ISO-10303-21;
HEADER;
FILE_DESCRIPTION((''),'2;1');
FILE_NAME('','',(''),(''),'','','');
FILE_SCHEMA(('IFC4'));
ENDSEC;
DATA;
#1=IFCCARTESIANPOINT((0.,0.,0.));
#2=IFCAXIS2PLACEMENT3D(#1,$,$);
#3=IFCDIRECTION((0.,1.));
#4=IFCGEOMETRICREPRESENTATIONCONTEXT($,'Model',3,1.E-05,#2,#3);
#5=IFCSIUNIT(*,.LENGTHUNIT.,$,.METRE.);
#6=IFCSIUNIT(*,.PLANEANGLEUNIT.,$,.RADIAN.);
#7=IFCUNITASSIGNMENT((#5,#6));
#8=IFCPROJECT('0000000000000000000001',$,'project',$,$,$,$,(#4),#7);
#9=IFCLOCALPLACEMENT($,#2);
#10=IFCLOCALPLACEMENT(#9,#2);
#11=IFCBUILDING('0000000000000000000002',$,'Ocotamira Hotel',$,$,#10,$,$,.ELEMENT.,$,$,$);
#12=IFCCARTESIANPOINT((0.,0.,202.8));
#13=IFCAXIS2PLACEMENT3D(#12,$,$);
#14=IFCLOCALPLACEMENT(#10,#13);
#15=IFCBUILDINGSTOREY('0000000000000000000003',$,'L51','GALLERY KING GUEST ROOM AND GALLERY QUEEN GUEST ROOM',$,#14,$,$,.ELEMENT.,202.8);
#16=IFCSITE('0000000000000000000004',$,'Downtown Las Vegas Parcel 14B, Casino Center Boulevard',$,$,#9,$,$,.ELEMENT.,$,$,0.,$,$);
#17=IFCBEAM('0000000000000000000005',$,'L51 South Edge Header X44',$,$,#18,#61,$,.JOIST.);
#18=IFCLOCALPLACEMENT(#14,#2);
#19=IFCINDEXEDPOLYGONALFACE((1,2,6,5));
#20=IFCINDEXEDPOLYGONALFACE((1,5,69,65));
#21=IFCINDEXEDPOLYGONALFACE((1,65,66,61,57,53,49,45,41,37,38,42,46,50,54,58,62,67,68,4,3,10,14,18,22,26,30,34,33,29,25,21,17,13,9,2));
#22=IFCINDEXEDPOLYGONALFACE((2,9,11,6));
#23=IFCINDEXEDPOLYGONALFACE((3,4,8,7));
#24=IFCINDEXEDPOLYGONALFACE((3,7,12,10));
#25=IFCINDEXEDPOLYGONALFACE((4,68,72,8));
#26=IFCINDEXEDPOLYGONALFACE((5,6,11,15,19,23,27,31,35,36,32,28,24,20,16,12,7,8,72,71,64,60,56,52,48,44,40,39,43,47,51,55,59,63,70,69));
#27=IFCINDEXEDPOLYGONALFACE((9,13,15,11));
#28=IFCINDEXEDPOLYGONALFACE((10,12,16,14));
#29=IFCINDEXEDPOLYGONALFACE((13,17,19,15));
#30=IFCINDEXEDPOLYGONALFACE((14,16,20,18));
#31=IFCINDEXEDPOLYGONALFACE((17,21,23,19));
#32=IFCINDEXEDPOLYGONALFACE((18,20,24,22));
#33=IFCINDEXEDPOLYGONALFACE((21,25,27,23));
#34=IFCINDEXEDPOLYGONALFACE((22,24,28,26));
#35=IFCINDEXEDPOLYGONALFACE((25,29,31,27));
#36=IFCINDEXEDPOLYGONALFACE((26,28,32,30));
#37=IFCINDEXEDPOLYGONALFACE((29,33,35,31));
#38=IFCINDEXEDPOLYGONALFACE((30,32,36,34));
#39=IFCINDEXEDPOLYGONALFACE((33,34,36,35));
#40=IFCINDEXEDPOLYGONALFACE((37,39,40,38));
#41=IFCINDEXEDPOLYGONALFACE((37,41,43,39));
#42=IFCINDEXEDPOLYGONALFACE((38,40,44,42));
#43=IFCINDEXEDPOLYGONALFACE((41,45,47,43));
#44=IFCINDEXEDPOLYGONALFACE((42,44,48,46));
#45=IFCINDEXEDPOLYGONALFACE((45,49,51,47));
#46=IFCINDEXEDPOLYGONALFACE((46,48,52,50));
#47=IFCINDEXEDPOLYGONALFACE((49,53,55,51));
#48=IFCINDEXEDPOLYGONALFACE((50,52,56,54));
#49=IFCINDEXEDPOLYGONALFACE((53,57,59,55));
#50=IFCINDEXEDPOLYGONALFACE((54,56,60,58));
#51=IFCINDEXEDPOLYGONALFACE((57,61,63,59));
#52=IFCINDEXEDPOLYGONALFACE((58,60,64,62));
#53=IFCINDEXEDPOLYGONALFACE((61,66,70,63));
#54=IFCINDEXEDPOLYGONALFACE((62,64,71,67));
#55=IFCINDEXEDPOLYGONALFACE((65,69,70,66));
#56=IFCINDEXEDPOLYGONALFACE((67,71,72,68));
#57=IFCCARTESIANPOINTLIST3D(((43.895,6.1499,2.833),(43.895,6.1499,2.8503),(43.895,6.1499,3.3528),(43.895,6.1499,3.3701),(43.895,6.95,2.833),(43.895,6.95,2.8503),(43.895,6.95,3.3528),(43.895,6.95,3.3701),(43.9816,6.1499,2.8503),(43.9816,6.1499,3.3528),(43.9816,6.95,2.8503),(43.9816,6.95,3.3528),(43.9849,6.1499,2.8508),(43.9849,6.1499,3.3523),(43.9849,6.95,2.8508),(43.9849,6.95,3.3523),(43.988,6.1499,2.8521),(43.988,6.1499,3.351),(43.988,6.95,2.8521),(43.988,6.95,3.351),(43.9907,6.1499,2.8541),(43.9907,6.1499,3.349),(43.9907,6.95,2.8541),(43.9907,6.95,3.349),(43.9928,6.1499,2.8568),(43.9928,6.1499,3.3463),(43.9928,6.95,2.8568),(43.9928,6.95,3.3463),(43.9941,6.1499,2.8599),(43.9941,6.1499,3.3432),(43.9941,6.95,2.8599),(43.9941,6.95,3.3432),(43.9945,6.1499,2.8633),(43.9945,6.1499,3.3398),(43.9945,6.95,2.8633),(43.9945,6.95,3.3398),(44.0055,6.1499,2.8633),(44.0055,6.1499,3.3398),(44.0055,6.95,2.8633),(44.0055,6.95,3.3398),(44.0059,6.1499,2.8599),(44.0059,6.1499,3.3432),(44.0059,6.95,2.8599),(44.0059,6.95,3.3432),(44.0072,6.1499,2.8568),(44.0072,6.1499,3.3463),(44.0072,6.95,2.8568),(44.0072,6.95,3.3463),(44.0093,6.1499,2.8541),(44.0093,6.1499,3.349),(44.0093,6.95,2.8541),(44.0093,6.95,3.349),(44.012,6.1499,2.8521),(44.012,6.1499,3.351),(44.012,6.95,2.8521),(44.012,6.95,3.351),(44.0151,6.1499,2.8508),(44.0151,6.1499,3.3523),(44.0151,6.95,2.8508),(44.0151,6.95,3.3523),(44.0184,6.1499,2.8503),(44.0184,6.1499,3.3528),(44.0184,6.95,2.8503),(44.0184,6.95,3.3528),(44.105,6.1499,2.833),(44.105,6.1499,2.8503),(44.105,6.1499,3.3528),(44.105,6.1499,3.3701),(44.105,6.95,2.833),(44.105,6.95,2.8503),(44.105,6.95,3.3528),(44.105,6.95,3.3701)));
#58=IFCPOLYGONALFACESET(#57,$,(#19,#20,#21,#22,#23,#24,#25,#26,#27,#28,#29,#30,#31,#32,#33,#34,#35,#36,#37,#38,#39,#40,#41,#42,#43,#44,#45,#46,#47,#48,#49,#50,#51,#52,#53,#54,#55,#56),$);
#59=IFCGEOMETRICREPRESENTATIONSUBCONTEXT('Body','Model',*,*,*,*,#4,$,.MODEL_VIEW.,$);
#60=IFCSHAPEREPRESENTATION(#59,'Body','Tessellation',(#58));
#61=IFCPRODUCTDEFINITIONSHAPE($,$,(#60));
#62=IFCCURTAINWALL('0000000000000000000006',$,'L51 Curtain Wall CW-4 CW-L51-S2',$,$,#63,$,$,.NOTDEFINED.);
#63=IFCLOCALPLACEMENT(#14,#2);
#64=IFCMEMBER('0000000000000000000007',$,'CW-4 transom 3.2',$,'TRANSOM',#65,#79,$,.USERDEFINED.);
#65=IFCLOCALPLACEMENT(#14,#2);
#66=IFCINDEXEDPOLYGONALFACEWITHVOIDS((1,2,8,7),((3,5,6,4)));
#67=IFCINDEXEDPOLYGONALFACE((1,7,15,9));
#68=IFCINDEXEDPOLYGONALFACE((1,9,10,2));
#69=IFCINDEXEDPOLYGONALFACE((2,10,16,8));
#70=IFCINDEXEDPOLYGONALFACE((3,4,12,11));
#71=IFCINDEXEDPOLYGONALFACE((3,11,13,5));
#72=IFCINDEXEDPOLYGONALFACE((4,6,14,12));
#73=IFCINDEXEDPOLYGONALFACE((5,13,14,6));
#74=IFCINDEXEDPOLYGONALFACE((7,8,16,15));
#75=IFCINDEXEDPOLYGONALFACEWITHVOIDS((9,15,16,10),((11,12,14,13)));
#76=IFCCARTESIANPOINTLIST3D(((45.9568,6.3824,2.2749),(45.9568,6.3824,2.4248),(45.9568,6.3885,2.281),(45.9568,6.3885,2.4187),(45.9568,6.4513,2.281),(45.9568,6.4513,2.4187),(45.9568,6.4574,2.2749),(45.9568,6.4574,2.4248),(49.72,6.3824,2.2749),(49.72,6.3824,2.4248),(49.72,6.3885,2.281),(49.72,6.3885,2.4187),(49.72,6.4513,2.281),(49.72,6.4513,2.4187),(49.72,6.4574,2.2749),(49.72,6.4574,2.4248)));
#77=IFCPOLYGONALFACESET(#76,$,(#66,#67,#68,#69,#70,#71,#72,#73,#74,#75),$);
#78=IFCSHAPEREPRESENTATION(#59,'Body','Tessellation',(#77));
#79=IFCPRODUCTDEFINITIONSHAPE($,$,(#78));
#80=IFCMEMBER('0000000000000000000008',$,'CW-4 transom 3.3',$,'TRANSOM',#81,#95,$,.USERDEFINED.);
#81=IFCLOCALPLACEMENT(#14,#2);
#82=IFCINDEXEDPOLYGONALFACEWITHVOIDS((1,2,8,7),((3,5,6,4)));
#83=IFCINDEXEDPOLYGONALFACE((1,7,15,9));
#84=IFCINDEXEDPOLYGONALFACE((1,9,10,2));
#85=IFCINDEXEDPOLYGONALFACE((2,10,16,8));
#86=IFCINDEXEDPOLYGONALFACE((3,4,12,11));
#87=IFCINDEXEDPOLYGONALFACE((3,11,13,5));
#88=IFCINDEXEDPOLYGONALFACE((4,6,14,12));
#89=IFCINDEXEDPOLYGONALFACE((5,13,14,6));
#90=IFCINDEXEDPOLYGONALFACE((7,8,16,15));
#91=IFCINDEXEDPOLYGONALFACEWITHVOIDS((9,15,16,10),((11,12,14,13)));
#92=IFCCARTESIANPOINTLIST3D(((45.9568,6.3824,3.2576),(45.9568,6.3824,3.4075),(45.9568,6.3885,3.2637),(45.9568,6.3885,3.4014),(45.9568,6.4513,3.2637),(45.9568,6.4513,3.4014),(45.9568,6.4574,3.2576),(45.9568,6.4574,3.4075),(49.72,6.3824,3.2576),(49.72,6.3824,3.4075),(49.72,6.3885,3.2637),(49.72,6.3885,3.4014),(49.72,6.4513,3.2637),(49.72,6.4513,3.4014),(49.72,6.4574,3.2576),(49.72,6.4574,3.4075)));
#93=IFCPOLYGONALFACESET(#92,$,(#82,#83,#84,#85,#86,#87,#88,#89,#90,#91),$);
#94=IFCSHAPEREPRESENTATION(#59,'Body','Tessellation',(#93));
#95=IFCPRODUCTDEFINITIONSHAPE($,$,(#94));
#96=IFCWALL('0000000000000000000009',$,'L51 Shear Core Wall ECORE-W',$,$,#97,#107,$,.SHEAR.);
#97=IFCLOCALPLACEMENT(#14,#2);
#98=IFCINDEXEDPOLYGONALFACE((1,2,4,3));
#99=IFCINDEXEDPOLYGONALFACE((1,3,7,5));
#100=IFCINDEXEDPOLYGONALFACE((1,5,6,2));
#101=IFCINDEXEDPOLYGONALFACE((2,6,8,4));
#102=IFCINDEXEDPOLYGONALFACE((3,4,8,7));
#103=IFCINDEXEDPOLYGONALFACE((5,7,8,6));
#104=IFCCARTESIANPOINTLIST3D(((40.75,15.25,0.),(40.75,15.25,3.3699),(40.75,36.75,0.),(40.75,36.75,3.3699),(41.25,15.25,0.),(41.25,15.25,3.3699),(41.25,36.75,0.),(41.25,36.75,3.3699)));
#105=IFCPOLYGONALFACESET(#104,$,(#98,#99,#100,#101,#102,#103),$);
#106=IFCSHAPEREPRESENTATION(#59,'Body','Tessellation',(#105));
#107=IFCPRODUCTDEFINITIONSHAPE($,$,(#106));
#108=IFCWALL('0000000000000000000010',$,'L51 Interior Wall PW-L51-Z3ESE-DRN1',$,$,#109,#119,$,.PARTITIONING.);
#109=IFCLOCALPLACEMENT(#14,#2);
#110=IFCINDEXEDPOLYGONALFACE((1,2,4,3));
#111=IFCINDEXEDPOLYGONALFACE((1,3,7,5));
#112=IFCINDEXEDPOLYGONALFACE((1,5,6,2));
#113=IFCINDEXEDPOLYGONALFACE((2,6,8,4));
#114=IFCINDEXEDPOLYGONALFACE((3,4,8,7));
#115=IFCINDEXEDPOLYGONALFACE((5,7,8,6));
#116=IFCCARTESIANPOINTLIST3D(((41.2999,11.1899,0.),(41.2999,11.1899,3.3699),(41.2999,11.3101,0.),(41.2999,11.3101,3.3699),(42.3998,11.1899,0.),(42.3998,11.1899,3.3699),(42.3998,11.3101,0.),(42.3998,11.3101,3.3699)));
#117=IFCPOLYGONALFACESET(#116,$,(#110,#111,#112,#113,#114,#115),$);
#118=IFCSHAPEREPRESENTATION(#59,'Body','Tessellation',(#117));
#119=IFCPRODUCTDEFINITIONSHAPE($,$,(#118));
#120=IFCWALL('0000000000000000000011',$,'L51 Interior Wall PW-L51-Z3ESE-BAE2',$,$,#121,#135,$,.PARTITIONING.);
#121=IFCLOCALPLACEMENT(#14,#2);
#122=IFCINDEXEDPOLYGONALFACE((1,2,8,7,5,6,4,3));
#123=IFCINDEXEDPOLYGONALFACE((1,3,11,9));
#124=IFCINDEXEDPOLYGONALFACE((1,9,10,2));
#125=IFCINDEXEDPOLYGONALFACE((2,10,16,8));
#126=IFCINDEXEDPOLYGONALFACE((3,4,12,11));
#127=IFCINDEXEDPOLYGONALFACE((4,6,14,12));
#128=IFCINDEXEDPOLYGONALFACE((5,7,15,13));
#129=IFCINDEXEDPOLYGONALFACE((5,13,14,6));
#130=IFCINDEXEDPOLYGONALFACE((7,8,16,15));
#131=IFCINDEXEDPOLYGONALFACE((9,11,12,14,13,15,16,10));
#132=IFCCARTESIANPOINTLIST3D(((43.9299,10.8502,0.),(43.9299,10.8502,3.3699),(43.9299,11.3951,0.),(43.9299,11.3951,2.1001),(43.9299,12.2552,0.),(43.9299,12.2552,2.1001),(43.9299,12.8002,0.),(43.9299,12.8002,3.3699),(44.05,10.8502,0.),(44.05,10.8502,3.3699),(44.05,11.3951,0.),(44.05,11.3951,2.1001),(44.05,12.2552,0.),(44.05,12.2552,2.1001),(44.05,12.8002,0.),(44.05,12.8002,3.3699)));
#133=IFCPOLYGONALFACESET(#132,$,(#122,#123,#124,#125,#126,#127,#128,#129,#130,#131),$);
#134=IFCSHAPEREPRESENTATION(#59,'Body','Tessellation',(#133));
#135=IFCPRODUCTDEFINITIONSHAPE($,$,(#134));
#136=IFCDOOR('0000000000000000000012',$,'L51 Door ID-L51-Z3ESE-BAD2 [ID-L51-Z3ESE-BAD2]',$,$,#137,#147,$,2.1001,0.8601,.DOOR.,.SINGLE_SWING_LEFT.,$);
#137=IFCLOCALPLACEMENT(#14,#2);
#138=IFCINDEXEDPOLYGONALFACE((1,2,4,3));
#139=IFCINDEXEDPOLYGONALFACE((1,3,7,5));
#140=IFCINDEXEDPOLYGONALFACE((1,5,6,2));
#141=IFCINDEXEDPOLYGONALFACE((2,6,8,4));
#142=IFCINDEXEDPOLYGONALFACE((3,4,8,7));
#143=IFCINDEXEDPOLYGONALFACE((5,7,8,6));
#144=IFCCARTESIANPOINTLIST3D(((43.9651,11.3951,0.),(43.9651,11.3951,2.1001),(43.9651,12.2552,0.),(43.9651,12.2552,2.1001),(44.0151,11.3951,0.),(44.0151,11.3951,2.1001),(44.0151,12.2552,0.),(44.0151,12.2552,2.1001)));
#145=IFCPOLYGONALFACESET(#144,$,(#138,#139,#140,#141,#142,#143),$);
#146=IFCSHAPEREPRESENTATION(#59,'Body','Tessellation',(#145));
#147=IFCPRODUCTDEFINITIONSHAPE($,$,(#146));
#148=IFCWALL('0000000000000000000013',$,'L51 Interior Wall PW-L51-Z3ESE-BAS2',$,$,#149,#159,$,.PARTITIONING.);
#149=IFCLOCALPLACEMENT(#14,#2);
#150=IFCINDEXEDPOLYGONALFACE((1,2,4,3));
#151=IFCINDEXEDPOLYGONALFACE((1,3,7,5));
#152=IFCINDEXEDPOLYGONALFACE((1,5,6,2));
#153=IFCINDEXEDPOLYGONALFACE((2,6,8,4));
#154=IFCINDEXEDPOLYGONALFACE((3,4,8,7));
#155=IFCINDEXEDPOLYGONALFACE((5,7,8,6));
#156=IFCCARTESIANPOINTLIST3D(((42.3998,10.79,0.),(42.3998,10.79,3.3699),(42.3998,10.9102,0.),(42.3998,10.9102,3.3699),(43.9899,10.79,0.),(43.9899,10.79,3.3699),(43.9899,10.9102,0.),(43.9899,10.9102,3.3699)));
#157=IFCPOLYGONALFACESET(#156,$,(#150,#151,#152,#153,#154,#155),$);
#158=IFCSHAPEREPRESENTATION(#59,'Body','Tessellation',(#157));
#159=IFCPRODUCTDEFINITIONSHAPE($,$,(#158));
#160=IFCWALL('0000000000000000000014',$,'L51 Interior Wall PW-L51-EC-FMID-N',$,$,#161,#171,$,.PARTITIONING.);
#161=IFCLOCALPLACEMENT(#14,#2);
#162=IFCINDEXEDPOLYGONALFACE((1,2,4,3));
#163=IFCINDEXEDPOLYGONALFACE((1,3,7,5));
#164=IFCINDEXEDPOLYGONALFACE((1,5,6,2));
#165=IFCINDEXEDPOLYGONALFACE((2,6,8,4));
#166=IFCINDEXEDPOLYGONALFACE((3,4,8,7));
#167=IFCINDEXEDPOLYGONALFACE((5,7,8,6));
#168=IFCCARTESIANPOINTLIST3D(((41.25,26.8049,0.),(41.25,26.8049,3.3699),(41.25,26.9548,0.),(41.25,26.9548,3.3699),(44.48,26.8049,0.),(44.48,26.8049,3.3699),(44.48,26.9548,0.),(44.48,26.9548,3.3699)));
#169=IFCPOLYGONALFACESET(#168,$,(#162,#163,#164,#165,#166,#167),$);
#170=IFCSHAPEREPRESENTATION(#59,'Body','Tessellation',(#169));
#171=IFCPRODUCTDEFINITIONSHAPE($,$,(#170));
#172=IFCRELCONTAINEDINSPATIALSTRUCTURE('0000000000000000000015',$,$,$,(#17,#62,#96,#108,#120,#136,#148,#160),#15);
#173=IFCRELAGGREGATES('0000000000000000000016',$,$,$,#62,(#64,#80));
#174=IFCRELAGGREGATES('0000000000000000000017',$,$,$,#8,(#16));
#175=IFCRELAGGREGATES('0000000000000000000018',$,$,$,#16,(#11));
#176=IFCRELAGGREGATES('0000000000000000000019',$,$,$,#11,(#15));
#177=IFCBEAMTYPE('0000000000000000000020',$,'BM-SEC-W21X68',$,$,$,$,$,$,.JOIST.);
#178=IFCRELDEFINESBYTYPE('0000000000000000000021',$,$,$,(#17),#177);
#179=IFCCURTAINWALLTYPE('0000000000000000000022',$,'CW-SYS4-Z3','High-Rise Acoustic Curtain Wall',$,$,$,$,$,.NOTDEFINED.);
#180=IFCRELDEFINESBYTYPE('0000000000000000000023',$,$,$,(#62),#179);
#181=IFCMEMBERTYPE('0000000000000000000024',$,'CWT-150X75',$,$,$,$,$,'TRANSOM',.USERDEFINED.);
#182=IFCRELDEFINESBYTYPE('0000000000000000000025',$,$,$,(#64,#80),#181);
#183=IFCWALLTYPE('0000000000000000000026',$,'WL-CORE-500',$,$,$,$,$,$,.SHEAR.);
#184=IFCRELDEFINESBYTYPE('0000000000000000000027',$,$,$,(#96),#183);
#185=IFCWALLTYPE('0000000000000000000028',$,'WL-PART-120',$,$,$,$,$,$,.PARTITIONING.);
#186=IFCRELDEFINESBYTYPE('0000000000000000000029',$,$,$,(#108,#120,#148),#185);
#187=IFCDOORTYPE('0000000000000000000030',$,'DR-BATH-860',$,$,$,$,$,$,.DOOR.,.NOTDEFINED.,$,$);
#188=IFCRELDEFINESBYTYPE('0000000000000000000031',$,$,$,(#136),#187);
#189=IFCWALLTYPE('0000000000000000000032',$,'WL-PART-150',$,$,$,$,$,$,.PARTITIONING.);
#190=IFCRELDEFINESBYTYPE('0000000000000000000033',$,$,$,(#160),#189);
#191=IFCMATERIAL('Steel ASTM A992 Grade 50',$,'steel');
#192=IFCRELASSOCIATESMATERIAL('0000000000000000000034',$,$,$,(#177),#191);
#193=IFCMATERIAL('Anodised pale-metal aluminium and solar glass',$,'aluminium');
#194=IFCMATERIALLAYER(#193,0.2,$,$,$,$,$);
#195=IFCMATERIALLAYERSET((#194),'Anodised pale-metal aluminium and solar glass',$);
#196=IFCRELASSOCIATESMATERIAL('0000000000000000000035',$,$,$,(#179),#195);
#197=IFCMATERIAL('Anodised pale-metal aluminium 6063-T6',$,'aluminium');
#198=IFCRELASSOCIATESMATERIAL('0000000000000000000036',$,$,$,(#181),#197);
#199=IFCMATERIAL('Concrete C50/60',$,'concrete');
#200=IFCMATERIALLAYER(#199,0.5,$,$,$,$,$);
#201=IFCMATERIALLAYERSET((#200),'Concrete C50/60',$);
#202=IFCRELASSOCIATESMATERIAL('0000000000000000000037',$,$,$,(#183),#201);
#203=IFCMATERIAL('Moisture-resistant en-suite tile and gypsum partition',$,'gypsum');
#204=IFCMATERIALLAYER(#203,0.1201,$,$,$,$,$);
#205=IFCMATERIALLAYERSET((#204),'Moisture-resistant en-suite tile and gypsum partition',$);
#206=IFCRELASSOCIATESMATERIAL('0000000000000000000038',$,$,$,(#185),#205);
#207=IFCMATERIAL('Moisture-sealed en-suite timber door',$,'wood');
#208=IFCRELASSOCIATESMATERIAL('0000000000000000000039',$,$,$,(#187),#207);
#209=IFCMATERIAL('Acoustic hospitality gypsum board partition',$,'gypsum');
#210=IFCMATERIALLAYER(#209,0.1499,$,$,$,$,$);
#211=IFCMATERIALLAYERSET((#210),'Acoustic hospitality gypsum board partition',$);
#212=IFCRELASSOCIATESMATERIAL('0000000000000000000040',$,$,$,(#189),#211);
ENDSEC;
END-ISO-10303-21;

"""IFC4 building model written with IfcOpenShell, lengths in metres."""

from ifc_helpers import new_model, si_unit, direction, frame, frame_2d, origin, origin_2d, place, context, subcontext, project, spatial, rectangle, hollow_rectangle, i_section, extrude, source, transform, mapped, material, layer, layer_set, material_profile, profile_set, type_object, element, fill, aggregate, save


model = new_model("IFC4")

# Units and contexts
model_context = context("Model", 3, precision=1e-05, world=origin(), true_north=direction((0.0, 1.0)))
body_context = subcontext(model_context, "Body", "Model", "MODEL_VIEW")
ifc_project = project(units=[si_unit("LENGTHUNIT", "METRE"), si_unit("PLANEANGLEUNIT", "RADIAN")], contexts=[model_context])

# Site, building, storey
site_placement = place(None, origin())
site = spatial("IfcSite", under=ifc_project, at=site_placement, Name="Downtown Las Vegas Parcel 14B, Casino Center Boulevard", CompositionType="ELEMENT", RefElevation=0.0)
building_placement = place(site_placement, origin())
building = spatial("IfcBuilding", under=site, at=building_placement, Name="Ocotamira Hotel", CompositionType="ELEMENT")
storey_placement = place(building_placement, frame((0.0, 0.0, 202.8)))
storey = spatial("IfcBuildingStorey", under=building, at=storey_placement, Name="L51", Description="GALLERY KING GUEST ROOM AND GALLERY QUEEN GUEST ROOM", CompositionType="ELEMENT", Elevation=202.8)

# Beam
ifc_material_1 = material(Name="Steel ASTM A992 Grade 50", Category="steel")
ifc_material_profile_1 = material_profile(ifc_material_1, i_section(OverallWidth=0.21, OverallDepth=0.5371, WebThickness=0.011, FlangeThickness=0.0173, FilletRadius=0.0129, at=origin_2d()), Name="W21X68")
ifc_profile_set_1 = profile_set([ifc_material_profile_1], Name="Steel ASTM A992 Grade 50")
beam_type_1 = type_object("IfcBeamType", Name="BM-SEC-W21X68", PredefinedType="JOIST", material=ifc_profile_set_1)
shared_shape_1 = source(origin(), body_context, "Body", "SweptSolid", [
    extrude(i_section(OverallWidth=0.21, OverallDepth=0.5371, WebThickness=0.011, FlangeThickness=0.0173, FilletRadius=0.0129, at=origin_2d()), origin(), (0.0, 0.0, 1.0), 0.8),
])
beam_1_placement = place(storey_placement, frame((44.0, 6.95, 3.1016), z_axis=(0.0, -1.0, 0.0), x_axis=(1.0, 0.0, 0.0)))
element("IfcBeam", 1, at=beam_1_placement, inside=storey, type_object=beam_type_1, Name="L51 South Edge Header X44", PredefinedType="JOIST", context=body_context, shape_type="MappedRepresentation", body=[
    mapped(shared_shape_1, transform((0.0, 0.0, 0.0), scale=1.0)),
])

# Curtain wall, members
ifc_material_2 = material(Name="Anodised pale-metal aluminium and solar glass", Category="aluminium")
ifc_layer_1 = layer(ifc_material_2, 0.2)
ifc_layer_set_1 = layer_set([ifc_layer_1], Name="Anodised pale-metal aluminium and solar glass")
curtain_wall_type = type_object("IfcCurtainWallType", Name="CW-SYS4-Z3", Description="High-Rise Acoustic Curtain Wall", PredefinedType="NOTDEFINED", material=ifc_layer_set_1)
curtain_wall_placement = place(storey_placement, origin())
curtain_wall = element("IfcCurtainWall", 2, at=curtain_wall_placement, inside=storey, type_object=curtain_wall_type, Name="L51 Curtain Wall CW-4 CW-L51-S2", PredefinedType="NOTDEFINED")
ifc_material_3 = material(Name="Anodised pale-metal aluminium 6063-T6", Category="aluminium")
ifc_material_profile_2 = material_profile(ifc_material_3, hollow_rectangle(XDim=0.075, YDim=0.1499, WallThickness=0.0061, at=origin_2d()), Name="HSS150X75X6")
ifc_profile_set_2 = profile_set([ifc_material_profile_2], Name="Anodised pale-metal aluminium 6063-T6")
member_type = type_object("IfcMemberType", Name="CWT-150X75", ElementType="TRANSOM", PredefinedType="USERDEFINED", material=ifc_profile_set_2)
shared_shape_2 = source(origin(), body_context, "Body", "SweptSolid", [
    extrude(hollow_rectangle(XDim=0.075, YDim=0.1499, WallThickness=0.0061, at=origin_2d()), origin(), (0.0, 0.0, 1.0), 3.7632),
])
member_1_placement = place(storey_placement, frame((45.9568, 6.4199, 2.3499), z_axis=(1.0, 0.0, 0.0), x_axis=(0.0, 1.0, 0.0)))
member_1 = element("IfcMember", 3, at=member_1_placement, type_object=member_type, Name="CW-4 transom 3.2", ObjectType="TRANSOM", PredefinedType="USERDEFINED", context=body_context, shape_type="MappedRepresentation", body=[
    mapped(shared_shape_2, transform((0.0, 0.0, 0.0), scale=1.0)),
])
member_2_placement = place(storey_placement, frame((45.9568, 6.4199, 3.3325), z_axis=(1.0, 0.0, 0.0), x_axis=(0.0, 1.0, 0.0)))
member_2 = element("IfcMember", 4, at=member_2_placement, type_object=member_type, Name="CW-4 transom 3.3", ObjectType="TRANSOM", PredefinedType="USERDEFINED", context=body_context, shape_type="MappedRepresentation", body=[
    mapped(shared_shape_2, transform((0.0, 0.0, 0.0), scale=1.0)),
])
aggregate(curtain_wall, [member_1, member_2])

# Shared definitions
ifc_material_4 = material(Name="Concrete C50/60", Category="concrete")
ifc_layer_2 = layer(ifc_material_4, 0.5)
ifc_layer_set_2 = layer_set([ifc_layer_2], Name="Concrete C50/60")
wall_type_1 = type_object("IfcWallType", Name="WL-CORE-500", PredefinedType="SHEAR", material=ifc_layer_set_2)

# Walls
wall_1_placement = place(storey_placement, frame((41.0, 15.25, 0.0), z_axis=(0.0, 0.0, 1.0), x_axis=(0.0, 1.0, 0.0)))
element("IfcWall", 5, at=wall_1_placement, inside=storey, type_object=wall_type_1, Name="L51 Shear Core Wall ECORE-W", PredefinedType="SHEAR", context=body_context, shape_type="SweptSolid", body=[
    extrude(rectangle(XDim=21.5, YDim=0.5, at=frame_2d((10.75, 0.0))), origin(), (0.0, 0.0, 1.0), 3.3699),
])
ifc_material_5 = material(Name="Moisture-resistant en-suite tile and gypsum partition", Category="gypsum")
ifc_layer_3 = layer(ifc_material_5, 0.1201)
ifc_layer_set_3 = layer_set([ifc_layer_3], Name="Moisture-resistant en-suite tile and gypsum partition")
wall_type_2 = type_object("IfcWallType", Name="WL-PART-120", PredefinedType="PARTITIONING", material=ifc_layer_set_3)
wall_2_placement = place(storey_placement, frame((41.3, 11.25, 0.0), z_axis=(0.0, 0.0, 1.0), x_axis=(1.0, 0.0, 0.0)))
element("IfcWall", 6, at=wall_2_placement, inside=storey, type_object=wall_type_2, Name="L51 Interior Wall PW-L51-Z3ESE-DRN1", PredefinedType="PARTITIONING", context=body_context, shape_type="SweptSolid", body=[
    extrude(rectangle(XDim=1.0999, YDim=0.1201, at=frame_2d((0.5498, 0.0))), origin(), (0.0, 0.0, 1.0), 3.3699),
])

# Wall, opening, door
wall_3_placement = place(storey_placement, frame((43.99, 10.8501, 0.0), z_axis=(0.0, 0.0, 1.0), x_axis=(0.0, 1.0, 0.0)))
wall_3 = element("IfcWall", 7, at=wall_3_placement, inside=storey, type_object=wall_type_2, Name="L51 Interior Wall PW-L51-Z3ESE-BAE2", PredefinedType="PARTITIONING", context=body_context, shape_type="SweptSolid", body=[
    extrude(rectangle(XDim=1.95, YDim=0.1201, at=frame_2d((0.9751, 0.0))), origin(), (0.0, 0.0, 1.0), 3.3699),
])
opening_1_placement = place(wall_3_placement, frame((0.5449, 0.0, 0.0)))
opening_1 = element("IfcOpeningElement", 8, at=opening_1_placement, cuts=wall_3, PredefinedType="OPENING", context=body_context, shape_type="SweptSolid", body=[
    extrude(rectangle(XDim=0.8601, YDim=2.1001, at=frame_2d((0.4302, 1.05))), frame((0.0, 0.0701, 0.0), z_axis=(0.0, -1.0, 0.0), x_axis=(1.0, 0.0, 0.0)), (0.0, 0.0, 1.0), 0.1401),
])
ifc_material_6 = material(Name="Moisture-sealed en-suite timber door", Category="wood")
door_type_1 = type_object("IfcDoorType", Name="DR-BATH-860", OperationType="NOTDEFINED", PredefinedType="DOOR", material=ifc_material_6)
shared_shape_3 = source(origin(), body_context, "Body", "SweptSolid", [
    extrude(rectangle(XDim=0.8601, YDim=2.1001, at=frame_2d((0.4302, 1.05))), frame((0.0, 0.0249, 0.0), z_axis=(0.0, -1.0, 0.0), x_axis=(1.0, 0.0, 0.0)), (0.0, 0.0, 1.0), 0.05),
])
door_1_placement = place(opening_1_placement, origin())
door_1 = element("IfcDoor", 9, at=door_1_placement, inside=storey, type_object=door_type_1, Name="L51 Door ID-L51-Z3ESE-BAD2 [ID-L51-Z3ESE-BAD2]", OperationType="SINGLE_SWING_LEFT", OverallHeight=2.1001, OverallWidth=0.8601, PredefinedType="DOOR", context=body_context, shape_type="MappedRepresentation", body=[
    mapped(shared_shape_3, transform((0.0, 0.0, 0.0), scale=1.0)),
])
fill(opening_1, door_1)

# Walls
wall_4_placement = place(storey_placement, frame((42.3999, 10.8501, 0.0), z_axis=(0.0, 0.0, 1.0), x_axis=(1.0, 0.0, 0.0)))
element("IfcWall", 10, at=wall_4_placement, inside=storey, type_object=wall_type_2, Name="L51 Interior Wall PW-L51-Z3ESE-BAS2", PredefinedType="PARTITIONING", context=body_context, shape_type="SweptSolid", body=[
    extrude(rectangle(XDim=1.5901, YDim=0.1201, at=frame_2d((0.7949, 0.0))), origin(), (0.0, 0.0, 1.0), 3.3699),
])
ifc_material_7 = material(Name="Acoustic hospitality gypsum board partition", Category="gypsum")
ifc_layer_4 = layer(ifc_material_7, 0.1499)
ifc_layer_set_4 = layer_set([ifc_layer_4], Name="Acoustic hospitality gypsum board partition")
wall_type_3 = type_object("IfcWallType", Name="WL-PART-150", PredefinedType="PARTITIONING", material=ifc_layer_set_4)
wall_5_placement = place(storey_placement, frame((41.25, 26.8799, 0.0), z_axis=(0.0, 0.0, 1.0), x_axis=(1.0, 0.0, 0.0)))
element("IfcWall", 11, at=wall_5_placement, inside=storey, type_object=wall_type_3, Name="L51 Interior Wall PW-L51-EC-FMID-N", PredefinedType="PARTITIONING", context=body_context, shape_type="SweptSolid", body=[
    extrude(rectangle(XDim=3.23, YDim=0.1499, at=frame_2d((1.615, 0.0))), origin(), (0.0, 0.0, 1.0), 3.3699),
])

save(model, "model.ifc")
